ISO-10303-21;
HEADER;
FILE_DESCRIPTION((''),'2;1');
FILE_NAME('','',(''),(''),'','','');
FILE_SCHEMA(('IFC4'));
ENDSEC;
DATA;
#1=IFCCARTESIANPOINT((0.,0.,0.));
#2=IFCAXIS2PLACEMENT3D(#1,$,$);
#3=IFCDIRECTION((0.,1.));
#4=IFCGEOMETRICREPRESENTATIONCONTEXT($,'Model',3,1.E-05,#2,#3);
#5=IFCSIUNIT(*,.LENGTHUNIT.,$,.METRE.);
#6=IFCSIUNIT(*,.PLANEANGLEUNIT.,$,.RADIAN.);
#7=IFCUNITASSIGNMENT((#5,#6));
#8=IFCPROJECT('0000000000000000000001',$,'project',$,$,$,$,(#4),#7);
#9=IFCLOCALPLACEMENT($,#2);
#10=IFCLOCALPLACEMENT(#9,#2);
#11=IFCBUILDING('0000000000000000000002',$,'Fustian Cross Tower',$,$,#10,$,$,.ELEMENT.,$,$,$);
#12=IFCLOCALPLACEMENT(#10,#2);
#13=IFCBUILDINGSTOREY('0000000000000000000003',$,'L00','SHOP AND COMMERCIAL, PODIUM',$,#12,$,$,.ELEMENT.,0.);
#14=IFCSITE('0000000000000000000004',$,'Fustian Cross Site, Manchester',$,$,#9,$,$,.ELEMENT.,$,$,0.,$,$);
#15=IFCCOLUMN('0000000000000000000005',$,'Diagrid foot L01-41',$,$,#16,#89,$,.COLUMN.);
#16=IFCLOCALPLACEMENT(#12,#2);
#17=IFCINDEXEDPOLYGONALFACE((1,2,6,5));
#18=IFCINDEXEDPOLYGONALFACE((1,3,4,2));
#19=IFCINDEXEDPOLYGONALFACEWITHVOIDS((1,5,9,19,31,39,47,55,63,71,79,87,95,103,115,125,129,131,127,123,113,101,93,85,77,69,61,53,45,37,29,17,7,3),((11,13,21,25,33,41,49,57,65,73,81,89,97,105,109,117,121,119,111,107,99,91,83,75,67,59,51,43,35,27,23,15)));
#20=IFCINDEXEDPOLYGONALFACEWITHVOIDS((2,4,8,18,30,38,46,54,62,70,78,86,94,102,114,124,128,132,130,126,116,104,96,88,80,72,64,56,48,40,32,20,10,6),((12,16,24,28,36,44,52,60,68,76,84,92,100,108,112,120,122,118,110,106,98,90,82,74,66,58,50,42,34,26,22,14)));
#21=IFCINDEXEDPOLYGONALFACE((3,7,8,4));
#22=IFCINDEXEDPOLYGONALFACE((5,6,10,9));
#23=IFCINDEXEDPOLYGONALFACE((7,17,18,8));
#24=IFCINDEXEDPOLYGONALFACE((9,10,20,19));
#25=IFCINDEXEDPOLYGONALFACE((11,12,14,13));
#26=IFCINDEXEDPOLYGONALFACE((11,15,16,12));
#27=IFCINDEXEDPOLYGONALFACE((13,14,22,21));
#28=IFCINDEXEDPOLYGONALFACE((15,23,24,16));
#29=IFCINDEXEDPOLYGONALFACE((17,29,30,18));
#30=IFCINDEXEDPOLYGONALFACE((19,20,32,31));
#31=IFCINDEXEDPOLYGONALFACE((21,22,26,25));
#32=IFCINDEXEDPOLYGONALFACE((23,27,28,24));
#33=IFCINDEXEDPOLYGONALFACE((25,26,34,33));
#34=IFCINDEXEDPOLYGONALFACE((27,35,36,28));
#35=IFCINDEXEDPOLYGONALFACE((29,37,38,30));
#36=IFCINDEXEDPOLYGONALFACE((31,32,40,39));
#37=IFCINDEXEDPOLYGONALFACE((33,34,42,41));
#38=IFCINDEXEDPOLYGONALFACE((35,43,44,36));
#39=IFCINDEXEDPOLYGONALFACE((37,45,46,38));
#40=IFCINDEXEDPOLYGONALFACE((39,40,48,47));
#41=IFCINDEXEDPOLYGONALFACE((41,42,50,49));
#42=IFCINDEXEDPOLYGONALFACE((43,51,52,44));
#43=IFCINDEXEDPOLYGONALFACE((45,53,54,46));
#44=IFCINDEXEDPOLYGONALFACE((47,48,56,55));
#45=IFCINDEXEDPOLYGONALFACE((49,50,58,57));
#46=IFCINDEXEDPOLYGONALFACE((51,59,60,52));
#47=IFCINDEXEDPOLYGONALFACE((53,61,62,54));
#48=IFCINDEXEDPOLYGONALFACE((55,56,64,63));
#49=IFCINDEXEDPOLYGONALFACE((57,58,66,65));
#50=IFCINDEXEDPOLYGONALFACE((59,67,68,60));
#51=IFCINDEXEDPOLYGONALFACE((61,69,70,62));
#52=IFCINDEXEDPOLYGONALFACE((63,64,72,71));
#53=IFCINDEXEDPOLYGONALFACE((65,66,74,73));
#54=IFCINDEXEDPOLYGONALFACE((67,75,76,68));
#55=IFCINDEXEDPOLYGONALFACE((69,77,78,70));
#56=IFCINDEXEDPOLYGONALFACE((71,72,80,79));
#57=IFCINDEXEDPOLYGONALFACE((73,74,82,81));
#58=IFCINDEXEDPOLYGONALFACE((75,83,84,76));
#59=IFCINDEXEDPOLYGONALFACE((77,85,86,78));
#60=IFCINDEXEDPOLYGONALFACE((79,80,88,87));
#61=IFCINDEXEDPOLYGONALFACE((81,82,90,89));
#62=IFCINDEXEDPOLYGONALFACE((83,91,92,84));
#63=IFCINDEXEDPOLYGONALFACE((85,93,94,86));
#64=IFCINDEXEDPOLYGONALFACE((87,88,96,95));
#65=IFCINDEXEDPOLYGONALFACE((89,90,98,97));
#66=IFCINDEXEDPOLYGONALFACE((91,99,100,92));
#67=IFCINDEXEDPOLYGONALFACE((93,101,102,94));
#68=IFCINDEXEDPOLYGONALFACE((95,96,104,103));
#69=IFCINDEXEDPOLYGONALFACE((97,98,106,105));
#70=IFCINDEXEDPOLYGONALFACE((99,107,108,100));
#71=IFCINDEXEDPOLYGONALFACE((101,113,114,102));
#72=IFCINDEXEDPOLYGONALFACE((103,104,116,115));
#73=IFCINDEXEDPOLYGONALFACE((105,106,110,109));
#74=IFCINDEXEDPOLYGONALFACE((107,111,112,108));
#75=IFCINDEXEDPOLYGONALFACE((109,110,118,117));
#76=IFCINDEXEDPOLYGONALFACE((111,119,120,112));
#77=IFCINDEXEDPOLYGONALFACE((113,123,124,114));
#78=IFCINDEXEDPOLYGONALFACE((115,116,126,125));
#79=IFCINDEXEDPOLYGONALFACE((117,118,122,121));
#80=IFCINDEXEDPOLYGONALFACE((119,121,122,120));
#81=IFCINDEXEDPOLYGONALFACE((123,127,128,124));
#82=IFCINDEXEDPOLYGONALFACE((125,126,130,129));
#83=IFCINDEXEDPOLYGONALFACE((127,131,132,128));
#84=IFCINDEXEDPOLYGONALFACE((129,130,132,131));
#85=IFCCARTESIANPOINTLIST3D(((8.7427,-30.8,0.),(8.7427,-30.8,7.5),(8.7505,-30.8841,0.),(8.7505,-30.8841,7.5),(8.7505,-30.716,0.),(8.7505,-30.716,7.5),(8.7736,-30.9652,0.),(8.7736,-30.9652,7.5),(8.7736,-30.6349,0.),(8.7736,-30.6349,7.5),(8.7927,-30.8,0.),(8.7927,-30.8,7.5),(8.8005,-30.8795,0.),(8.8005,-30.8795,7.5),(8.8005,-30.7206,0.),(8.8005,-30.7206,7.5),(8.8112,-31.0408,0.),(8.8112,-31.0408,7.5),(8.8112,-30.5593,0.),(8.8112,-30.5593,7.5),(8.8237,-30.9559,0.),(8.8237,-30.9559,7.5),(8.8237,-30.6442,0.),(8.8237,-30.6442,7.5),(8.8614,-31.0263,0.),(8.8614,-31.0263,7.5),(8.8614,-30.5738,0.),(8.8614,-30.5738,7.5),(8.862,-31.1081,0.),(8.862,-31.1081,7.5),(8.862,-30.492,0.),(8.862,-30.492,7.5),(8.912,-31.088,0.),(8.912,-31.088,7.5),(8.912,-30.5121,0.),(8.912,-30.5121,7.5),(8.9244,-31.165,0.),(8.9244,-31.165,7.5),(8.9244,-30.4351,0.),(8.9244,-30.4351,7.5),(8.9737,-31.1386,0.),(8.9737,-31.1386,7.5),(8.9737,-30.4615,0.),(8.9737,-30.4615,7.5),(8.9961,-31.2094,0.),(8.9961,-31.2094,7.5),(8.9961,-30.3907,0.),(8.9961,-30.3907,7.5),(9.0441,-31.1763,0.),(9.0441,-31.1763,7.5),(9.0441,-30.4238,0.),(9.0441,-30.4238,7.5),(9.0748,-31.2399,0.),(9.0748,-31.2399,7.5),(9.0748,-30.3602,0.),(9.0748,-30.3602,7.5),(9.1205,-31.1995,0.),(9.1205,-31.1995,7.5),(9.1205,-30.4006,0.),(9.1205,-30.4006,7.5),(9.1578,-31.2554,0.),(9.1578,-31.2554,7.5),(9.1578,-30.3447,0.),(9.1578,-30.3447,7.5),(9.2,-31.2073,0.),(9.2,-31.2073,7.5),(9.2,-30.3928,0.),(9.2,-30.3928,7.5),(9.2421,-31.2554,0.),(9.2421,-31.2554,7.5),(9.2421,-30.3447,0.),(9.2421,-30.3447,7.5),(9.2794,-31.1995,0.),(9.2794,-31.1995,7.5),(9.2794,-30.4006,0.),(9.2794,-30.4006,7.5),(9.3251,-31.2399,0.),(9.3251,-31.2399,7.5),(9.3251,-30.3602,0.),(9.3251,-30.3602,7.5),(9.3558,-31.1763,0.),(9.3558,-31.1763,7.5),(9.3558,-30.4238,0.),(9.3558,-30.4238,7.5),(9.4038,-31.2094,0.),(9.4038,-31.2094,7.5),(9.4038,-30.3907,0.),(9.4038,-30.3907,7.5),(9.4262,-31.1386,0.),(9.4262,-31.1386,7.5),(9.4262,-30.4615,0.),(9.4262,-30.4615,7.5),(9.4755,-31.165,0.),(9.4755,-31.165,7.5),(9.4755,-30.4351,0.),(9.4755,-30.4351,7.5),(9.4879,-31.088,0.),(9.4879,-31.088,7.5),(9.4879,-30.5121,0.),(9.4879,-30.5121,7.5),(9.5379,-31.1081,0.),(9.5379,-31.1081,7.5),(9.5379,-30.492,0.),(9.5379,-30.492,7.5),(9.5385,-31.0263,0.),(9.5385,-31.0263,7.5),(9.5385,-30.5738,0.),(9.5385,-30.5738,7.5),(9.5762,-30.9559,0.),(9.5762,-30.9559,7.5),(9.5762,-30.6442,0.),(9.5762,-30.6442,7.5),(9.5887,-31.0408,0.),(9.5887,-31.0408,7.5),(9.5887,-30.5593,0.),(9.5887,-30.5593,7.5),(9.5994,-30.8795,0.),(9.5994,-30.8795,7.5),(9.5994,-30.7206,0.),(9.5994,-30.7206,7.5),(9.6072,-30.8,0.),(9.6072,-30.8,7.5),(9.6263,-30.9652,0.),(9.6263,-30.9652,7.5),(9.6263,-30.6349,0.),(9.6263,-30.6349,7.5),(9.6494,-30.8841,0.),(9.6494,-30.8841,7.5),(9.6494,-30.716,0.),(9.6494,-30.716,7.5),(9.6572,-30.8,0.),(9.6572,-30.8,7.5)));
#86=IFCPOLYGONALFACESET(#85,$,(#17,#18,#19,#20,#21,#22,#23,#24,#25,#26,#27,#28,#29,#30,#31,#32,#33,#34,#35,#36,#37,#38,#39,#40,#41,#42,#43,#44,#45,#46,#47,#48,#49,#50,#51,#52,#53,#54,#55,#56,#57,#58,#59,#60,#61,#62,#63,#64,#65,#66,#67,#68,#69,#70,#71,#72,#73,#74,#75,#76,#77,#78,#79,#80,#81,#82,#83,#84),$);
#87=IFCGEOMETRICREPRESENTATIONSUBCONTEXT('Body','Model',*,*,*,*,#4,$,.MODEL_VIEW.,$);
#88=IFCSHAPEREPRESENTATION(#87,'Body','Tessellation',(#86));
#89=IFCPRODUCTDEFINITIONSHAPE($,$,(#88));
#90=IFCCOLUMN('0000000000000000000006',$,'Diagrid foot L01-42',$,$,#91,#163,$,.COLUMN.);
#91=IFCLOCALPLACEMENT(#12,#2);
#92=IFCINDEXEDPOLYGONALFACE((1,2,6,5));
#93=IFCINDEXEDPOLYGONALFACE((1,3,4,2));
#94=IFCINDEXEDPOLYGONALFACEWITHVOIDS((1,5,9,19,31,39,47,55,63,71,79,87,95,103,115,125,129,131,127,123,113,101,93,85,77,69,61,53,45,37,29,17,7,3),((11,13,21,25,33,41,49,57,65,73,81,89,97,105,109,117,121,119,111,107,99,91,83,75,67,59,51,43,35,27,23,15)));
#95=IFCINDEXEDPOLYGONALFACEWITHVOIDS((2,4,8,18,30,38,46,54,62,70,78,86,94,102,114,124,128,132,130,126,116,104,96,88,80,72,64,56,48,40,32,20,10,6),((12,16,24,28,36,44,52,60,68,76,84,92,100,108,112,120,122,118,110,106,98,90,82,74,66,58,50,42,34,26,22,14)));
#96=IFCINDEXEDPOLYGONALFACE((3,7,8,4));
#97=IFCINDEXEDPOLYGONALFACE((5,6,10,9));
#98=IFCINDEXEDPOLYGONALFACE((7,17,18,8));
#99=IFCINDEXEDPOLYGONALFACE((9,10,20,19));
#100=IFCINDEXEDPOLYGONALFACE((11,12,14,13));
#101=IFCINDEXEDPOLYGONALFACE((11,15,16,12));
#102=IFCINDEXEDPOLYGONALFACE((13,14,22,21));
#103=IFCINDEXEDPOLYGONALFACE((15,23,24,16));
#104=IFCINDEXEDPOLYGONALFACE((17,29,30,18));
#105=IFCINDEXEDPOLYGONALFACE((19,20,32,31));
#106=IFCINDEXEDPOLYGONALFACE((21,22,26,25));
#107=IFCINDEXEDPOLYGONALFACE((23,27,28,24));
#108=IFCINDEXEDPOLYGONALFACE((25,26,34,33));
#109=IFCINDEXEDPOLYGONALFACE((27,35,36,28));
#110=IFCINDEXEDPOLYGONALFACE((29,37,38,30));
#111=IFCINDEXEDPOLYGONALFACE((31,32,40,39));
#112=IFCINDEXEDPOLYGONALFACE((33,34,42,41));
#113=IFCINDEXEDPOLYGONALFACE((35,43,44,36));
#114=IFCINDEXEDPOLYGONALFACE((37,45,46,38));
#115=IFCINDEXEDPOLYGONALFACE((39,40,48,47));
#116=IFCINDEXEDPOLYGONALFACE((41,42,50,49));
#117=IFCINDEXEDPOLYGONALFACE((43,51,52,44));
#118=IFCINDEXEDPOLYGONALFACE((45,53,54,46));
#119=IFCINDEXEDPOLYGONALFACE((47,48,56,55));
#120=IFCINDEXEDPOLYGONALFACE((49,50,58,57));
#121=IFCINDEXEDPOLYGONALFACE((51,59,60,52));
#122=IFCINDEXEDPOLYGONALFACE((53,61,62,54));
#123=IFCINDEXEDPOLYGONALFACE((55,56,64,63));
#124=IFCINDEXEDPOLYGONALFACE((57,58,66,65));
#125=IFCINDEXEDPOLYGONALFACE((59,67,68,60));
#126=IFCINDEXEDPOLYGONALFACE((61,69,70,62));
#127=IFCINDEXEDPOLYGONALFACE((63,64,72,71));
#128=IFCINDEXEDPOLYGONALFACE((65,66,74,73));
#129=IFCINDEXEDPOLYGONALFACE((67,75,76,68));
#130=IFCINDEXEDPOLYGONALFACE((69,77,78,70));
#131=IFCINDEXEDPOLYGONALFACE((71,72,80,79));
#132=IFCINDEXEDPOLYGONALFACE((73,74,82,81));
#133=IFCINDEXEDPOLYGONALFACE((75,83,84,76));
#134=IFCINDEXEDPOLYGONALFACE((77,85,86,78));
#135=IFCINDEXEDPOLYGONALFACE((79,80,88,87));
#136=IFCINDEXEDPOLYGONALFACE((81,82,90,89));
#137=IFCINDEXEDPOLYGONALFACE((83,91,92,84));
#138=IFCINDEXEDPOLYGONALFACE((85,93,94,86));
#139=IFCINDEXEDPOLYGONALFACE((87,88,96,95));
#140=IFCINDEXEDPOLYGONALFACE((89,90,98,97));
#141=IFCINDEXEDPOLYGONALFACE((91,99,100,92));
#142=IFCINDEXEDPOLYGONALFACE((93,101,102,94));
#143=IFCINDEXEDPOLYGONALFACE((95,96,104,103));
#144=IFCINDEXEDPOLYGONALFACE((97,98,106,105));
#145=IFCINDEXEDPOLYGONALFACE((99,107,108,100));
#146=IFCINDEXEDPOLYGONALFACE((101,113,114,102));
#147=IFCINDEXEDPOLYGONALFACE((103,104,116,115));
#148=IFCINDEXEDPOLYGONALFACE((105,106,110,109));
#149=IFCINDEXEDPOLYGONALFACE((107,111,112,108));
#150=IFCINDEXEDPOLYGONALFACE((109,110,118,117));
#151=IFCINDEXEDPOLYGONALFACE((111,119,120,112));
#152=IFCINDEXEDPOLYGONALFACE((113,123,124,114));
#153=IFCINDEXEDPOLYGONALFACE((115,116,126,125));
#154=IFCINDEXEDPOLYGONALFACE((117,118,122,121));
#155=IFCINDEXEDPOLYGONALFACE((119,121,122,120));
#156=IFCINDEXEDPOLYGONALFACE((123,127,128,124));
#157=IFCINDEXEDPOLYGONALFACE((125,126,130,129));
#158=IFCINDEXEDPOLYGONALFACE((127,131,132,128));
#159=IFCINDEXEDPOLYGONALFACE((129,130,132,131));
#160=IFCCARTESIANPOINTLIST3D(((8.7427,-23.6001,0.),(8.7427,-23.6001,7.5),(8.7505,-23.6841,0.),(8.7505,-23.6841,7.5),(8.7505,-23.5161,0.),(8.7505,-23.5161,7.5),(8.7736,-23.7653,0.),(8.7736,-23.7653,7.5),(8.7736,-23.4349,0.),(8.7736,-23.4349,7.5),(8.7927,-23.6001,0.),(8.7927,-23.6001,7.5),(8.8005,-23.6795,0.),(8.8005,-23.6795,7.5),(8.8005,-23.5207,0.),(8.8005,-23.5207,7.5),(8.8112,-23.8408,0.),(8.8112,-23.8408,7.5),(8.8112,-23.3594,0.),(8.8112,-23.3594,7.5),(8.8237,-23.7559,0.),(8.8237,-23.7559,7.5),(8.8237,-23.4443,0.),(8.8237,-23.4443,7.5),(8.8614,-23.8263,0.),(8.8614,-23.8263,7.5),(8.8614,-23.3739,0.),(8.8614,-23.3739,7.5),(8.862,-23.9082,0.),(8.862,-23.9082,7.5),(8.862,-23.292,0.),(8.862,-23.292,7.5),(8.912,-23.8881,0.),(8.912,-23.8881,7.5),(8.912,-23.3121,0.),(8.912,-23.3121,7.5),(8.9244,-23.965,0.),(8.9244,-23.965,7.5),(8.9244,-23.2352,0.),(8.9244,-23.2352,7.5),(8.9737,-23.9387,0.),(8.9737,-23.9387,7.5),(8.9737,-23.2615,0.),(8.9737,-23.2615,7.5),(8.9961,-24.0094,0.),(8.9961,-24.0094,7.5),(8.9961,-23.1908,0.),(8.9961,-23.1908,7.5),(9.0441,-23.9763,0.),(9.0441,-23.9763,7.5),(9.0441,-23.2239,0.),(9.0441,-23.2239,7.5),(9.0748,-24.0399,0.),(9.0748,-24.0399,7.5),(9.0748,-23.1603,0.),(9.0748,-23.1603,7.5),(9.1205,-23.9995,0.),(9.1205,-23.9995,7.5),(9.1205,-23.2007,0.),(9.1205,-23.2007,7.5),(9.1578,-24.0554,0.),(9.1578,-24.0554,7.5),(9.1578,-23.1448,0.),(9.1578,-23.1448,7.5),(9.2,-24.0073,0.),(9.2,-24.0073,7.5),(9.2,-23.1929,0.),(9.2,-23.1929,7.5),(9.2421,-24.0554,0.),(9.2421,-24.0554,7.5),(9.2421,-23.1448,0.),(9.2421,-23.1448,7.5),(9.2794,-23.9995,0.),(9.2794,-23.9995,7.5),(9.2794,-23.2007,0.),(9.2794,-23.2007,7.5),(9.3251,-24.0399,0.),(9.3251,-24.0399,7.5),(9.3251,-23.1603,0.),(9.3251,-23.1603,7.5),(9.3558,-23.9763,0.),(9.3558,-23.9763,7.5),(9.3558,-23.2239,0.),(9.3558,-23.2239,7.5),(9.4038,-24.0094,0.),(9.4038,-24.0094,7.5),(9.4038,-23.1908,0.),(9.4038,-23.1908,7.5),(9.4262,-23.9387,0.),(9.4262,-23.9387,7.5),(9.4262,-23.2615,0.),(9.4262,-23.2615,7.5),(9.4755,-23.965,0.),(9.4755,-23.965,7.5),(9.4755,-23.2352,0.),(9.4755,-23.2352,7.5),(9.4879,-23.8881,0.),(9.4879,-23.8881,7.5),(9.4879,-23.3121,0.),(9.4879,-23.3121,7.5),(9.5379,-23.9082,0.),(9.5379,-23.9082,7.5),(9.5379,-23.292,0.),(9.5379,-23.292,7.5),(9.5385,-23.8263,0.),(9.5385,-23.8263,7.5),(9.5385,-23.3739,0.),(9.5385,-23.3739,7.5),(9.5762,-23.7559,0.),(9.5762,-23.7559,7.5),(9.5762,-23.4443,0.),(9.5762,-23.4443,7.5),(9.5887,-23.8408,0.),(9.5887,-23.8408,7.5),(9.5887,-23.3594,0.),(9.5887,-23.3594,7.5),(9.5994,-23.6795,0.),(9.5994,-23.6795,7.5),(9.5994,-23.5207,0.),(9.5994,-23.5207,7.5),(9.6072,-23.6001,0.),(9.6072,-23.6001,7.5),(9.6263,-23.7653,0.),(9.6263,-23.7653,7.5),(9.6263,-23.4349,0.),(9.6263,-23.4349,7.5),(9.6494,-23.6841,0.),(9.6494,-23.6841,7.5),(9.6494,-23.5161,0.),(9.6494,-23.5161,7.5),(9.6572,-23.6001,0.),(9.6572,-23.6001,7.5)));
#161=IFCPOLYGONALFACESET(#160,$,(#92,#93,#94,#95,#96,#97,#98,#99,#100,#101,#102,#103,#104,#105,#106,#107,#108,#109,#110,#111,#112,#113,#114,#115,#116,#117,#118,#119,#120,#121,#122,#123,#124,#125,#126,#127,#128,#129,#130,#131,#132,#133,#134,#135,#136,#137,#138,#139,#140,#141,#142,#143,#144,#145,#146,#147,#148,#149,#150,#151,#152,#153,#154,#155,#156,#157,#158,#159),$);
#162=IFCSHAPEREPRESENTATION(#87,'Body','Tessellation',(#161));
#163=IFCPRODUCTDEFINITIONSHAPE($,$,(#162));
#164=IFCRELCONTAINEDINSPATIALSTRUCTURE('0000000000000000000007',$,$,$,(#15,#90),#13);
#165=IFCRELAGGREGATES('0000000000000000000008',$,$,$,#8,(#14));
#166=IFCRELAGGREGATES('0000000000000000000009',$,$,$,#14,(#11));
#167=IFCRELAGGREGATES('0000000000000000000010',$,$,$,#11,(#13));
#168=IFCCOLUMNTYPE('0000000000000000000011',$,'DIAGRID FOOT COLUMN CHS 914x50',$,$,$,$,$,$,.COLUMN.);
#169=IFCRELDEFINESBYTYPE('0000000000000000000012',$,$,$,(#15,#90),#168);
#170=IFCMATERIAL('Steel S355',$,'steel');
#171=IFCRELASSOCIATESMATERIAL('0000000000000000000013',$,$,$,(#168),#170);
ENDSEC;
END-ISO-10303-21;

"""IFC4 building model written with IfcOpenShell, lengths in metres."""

from ifc_helpers import new_model, si_unit, direction, frame, origin, origin_2d, place, context, subcontext, project, spatial, hollow_circle, extrude, material, material_profile, profile_set, type_object, element, save


model = new_model("IFC4")

# Units and contexts
model_context = context("Model", 3, precision=1e-05, world=origin(), true_north=direction((0.0, 1.0)))
body_context = subcontext(model_context, "Body", "Model", "MODEL_VIEW")
ifc_project = project(units=[si_unit("LENGTHUNIT", "METRE"), si_unit("PLANEANGLEUNIT", "RADIAN")], contexts=[model_context])

# Site, building, storey
site_placement = place(None, origin())
site = spatial("IfcSite", under=ifc_project, at=site_placement, Name="Fustian Cross Site, Manchester", CompositionType="ELEMENT", RefElevation=0.0)
building_placement = place(site_placement, origin())
building = spatial("IfcBuilding", under=site, at=building_placement, Name="Fustian Cross Tower", CompositionType="ELEMENT")
storey_placement = place(building_placement, origin())
storey = spatial("IfcBuildingStorey", under=building, at=storey_placement, Name="L00", Description="SHOP AND COMMERCIAL, PODIUM", CompositionType="ELEMENT", Elevation=0.0)

# Columns
ifc_material_1 = material(Name="Steel S355", Category="steel")
ifc_material_profile_1 = material_profile(ifc_material_1, hollow_circle(Radius=0.4573, WallThickness=0.05, at=origin_2d()), Name="CHS 914x50")
ifc_profile_set_1 = profile_set([ifc_material_profile_1], Name="Steel S355")
column_type_1 = type_object("IfcColumnType", Name="DIAGRID FOOT COLUMN CHS 914x50", PredefinedType="COLUMN", material=ifc_profile_set_1)
for number, where, z_axis, x_axis, name in (
    (1, (9.2, -30.8, 0.0), (0.0, 0.0, 1.0), (1.0, 0.0, 0.0), "Diagrid foot L01-41"),
    (2, (9.2, -23.6001, 0.0), (0.0, 0.0, 1.0), (1.0, 0.0, 0.0), "Diagrid foot L01-42"),
):
    element("IfcColumn", number, at=place(storey_placement, frame(where, z_axis=z_axis, x_axis=x_axis)), inside=storey, type_object=column_type_1, Name=name, PredefinedType="COLUMN", context=body_context, shape_type="SweptSolid", body=[
        extrude(hollow_circle(Radius=0.4573, WallThickness=0.05, at=origin_2d()), origin(), (0.0, 0.0, 1.0), 7.5),
    ])

save(model, "model.ifc")
